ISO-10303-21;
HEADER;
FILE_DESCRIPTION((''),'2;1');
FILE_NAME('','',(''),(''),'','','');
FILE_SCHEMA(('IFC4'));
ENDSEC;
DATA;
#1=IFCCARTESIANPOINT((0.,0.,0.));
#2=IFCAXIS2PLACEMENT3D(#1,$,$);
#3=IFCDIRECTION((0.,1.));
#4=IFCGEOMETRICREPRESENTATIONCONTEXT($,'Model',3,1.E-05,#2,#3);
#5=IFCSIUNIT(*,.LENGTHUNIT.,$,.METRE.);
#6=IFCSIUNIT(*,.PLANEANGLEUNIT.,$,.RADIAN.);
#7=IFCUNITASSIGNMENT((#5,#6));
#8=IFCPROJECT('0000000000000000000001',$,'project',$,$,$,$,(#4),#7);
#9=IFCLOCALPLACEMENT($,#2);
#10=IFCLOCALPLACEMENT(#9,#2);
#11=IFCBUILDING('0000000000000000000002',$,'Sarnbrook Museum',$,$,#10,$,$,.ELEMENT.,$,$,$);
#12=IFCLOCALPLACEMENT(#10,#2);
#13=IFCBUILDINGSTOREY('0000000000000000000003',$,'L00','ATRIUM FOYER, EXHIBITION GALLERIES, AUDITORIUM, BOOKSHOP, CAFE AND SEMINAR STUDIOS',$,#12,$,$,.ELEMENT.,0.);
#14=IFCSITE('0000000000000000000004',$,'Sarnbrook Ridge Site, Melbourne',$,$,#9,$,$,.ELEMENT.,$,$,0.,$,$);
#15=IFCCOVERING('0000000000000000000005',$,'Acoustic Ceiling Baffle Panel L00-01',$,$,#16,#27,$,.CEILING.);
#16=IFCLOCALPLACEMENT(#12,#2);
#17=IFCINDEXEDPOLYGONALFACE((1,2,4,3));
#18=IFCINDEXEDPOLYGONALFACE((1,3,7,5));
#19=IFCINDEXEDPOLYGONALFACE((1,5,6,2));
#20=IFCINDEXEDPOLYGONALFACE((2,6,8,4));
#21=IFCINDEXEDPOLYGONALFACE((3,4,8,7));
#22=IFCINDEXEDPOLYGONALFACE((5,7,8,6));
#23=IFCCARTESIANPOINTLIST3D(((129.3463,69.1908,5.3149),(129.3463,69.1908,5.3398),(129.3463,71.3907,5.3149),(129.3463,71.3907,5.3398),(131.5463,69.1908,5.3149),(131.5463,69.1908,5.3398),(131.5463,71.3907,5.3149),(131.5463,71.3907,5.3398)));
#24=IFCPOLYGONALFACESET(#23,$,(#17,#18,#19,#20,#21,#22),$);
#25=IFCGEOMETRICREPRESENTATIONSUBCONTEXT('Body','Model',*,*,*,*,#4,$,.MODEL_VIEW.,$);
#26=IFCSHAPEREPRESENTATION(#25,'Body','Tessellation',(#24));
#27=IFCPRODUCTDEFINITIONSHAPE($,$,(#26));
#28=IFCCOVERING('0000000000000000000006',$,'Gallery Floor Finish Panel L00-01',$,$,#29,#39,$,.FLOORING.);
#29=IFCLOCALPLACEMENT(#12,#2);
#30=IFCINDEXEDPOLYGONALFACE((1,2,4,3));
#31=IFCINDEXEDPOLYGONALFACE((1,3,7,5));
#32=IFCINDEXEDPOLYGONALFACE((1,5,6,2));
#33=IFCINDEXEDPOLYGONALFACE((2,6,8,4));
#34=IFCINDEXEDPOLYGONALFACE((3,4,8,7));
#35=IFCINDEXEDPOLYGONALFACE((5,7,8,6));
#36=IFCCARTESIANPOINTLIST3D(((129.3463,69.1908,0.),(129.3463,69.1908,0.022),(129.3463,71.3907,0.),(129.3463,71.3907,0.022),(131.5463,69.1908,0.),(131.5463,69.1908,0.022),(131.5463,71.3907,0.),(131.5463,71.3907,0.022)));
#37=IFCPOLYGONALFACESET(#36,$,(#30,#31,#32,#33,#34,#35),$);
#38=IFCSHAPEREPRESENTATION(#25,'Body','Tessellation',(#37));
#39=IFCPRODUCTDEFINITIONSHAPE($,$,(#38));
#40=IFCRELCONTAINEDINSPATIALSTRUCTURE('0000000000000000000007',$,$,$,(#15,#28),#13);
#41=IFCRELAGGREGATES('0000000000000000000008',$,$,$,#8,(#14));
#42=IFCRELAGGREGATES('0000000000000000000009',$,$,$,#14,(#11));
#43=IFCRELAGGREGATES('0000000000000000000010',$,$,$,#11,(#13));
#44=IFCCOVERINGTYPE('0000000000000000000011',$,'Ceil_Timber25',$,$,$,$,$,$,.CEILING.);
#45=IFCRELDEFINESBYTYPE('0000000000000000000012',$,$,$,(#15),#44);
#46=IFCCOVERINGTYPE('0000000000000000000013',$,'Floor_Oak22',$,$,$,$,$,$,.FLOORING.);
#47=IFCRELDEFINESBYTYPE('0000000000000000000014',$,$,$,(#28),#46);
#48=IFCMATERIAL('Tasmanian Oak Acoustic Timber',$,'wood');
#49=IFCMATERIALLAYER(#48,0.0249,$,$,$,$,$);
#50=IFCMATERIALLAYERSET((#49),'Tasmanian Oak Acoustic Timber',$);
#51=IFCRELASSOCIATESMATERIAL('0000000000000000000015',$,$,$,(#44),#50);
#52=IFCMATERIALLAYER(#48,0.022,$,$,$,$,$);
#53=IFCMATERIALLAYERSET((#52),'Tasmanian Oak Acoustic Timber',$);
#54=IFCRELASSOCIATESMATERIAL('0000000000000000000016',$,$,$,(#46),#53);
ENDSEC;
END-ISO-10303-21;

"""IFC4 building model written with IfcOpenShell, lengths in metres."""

from ifc_helpers import new_model, si_unit, direction, frame, origin, origin_2d, place, context, subcontext, project, spatial, rectangle, extrude, material, layer, layer_set, type_object, element, save


model = new_model("IFC4")

# Units and contexts
model_context = context("Model", 3, precision=1e-05, world=origin(), true_north=direction((0.0, 1.0)))
body_context = subcontext(model_context, "Body", "Model", "MODEL_VIEW")
ifc_project = project(units=[si_unit("LENGTHUNIT", "METRE"), si_unit("PLANEANGLEUNIT", "RADIAN")], contexts=[model_context])

# Site, building, storey
site_placement = place(None, origin())
site = spatial("IfcSite", under=ifc_project, at=site_placement, Name="Sarnbrook Ridge Site, Melbourne", CompositionType="ELEMENT", RefElevation=0.0)
building_placement = place(site_placement, origin())
building = spatial("IfcBuilding", under=site, at=building_placement, Name="Sarnbrook Museum", CompositionType="ELEMENT")
storey_placement = place(building_placement, origin())
storey = spatial("IfcBuildingStorey", under=building, at=storey_placement, Name="L00", Description="ATRIUM FOYER, EXHIBITION GALLERIES, AUDITORIUM, BOOKSHOP, CAFE AND SEMINAR STUDIOS", CompositionType="ELEMENT", Elevation=0.0)

# Coverings
ifc_material_1 = material(Name="Tasmanian Oak Acoustic Timber", Category="wood")
ifc_layer_1 = layer(ifc_material_1, 0.0249)
ifc_layer_set_1 = layer_set([ifc_layer_1], Name="Tasmanian Oak Acoustic Timber")
covering_type_1 = type_object("IfcCoveringType", Name="Ceil_Timber25", PredefinedType="CEILING", material=ifc_layer_set_1)
covering_1_placement = place(storey_placement, frame((130.4463, 70.2908, 5.3149), z_axis=(0.0, 0.0, 1.0), x_axis=(1.0, 0.0, 0.0)))
element("IfcCovering", 1, at=covering_1_placement, inside=storey, type_object=covering_type_1, Name="Acoustic Ceiling Baffle Panel L00-01", PredefinedType="CEILING", context=body_context, shape_type="SweptSolid", body=[
    extrude(rectangle(XDim=2.2, YDim=2.2, at=origin_2d()), origin(), (0.0, 0.0, 1.0), 0.0249),
])
ifc_layer_2 = layer(ifc_material_1, 0.022)
ifc_layer_set_2 = layer_set([ifc_layer_2], Name="Tasmanian Oak Acoustic Timber")
covering_type_2 = type_object("IfcCoveringType", Name="Floor_Oak22", PredefinedType="FLOORING", material=ifc_layer_set_2)
covering_2_placement = place(storey_placement, frame((130.4463, 70.2908, 0.0), z_axis=(0.0, 0.0, 1.0), x_axis=(1.0, 0.0, 0.0)))
element("IfcCovering", 2, at=covering_2_placement, inside=storey, type_object=covering_type_2, Name="Gallery Floor Finish Panel L00-01", PredefinedType="FLOORING", context=body_context, shape_type="SweptSolid", body=[
    extrude(rectangle(XDim=2.2, YDim=2.2, at=origin_2d()), origin(), (0.0, 0.0, 1.0), 0.022),
])

save(model, "model.ifc")
